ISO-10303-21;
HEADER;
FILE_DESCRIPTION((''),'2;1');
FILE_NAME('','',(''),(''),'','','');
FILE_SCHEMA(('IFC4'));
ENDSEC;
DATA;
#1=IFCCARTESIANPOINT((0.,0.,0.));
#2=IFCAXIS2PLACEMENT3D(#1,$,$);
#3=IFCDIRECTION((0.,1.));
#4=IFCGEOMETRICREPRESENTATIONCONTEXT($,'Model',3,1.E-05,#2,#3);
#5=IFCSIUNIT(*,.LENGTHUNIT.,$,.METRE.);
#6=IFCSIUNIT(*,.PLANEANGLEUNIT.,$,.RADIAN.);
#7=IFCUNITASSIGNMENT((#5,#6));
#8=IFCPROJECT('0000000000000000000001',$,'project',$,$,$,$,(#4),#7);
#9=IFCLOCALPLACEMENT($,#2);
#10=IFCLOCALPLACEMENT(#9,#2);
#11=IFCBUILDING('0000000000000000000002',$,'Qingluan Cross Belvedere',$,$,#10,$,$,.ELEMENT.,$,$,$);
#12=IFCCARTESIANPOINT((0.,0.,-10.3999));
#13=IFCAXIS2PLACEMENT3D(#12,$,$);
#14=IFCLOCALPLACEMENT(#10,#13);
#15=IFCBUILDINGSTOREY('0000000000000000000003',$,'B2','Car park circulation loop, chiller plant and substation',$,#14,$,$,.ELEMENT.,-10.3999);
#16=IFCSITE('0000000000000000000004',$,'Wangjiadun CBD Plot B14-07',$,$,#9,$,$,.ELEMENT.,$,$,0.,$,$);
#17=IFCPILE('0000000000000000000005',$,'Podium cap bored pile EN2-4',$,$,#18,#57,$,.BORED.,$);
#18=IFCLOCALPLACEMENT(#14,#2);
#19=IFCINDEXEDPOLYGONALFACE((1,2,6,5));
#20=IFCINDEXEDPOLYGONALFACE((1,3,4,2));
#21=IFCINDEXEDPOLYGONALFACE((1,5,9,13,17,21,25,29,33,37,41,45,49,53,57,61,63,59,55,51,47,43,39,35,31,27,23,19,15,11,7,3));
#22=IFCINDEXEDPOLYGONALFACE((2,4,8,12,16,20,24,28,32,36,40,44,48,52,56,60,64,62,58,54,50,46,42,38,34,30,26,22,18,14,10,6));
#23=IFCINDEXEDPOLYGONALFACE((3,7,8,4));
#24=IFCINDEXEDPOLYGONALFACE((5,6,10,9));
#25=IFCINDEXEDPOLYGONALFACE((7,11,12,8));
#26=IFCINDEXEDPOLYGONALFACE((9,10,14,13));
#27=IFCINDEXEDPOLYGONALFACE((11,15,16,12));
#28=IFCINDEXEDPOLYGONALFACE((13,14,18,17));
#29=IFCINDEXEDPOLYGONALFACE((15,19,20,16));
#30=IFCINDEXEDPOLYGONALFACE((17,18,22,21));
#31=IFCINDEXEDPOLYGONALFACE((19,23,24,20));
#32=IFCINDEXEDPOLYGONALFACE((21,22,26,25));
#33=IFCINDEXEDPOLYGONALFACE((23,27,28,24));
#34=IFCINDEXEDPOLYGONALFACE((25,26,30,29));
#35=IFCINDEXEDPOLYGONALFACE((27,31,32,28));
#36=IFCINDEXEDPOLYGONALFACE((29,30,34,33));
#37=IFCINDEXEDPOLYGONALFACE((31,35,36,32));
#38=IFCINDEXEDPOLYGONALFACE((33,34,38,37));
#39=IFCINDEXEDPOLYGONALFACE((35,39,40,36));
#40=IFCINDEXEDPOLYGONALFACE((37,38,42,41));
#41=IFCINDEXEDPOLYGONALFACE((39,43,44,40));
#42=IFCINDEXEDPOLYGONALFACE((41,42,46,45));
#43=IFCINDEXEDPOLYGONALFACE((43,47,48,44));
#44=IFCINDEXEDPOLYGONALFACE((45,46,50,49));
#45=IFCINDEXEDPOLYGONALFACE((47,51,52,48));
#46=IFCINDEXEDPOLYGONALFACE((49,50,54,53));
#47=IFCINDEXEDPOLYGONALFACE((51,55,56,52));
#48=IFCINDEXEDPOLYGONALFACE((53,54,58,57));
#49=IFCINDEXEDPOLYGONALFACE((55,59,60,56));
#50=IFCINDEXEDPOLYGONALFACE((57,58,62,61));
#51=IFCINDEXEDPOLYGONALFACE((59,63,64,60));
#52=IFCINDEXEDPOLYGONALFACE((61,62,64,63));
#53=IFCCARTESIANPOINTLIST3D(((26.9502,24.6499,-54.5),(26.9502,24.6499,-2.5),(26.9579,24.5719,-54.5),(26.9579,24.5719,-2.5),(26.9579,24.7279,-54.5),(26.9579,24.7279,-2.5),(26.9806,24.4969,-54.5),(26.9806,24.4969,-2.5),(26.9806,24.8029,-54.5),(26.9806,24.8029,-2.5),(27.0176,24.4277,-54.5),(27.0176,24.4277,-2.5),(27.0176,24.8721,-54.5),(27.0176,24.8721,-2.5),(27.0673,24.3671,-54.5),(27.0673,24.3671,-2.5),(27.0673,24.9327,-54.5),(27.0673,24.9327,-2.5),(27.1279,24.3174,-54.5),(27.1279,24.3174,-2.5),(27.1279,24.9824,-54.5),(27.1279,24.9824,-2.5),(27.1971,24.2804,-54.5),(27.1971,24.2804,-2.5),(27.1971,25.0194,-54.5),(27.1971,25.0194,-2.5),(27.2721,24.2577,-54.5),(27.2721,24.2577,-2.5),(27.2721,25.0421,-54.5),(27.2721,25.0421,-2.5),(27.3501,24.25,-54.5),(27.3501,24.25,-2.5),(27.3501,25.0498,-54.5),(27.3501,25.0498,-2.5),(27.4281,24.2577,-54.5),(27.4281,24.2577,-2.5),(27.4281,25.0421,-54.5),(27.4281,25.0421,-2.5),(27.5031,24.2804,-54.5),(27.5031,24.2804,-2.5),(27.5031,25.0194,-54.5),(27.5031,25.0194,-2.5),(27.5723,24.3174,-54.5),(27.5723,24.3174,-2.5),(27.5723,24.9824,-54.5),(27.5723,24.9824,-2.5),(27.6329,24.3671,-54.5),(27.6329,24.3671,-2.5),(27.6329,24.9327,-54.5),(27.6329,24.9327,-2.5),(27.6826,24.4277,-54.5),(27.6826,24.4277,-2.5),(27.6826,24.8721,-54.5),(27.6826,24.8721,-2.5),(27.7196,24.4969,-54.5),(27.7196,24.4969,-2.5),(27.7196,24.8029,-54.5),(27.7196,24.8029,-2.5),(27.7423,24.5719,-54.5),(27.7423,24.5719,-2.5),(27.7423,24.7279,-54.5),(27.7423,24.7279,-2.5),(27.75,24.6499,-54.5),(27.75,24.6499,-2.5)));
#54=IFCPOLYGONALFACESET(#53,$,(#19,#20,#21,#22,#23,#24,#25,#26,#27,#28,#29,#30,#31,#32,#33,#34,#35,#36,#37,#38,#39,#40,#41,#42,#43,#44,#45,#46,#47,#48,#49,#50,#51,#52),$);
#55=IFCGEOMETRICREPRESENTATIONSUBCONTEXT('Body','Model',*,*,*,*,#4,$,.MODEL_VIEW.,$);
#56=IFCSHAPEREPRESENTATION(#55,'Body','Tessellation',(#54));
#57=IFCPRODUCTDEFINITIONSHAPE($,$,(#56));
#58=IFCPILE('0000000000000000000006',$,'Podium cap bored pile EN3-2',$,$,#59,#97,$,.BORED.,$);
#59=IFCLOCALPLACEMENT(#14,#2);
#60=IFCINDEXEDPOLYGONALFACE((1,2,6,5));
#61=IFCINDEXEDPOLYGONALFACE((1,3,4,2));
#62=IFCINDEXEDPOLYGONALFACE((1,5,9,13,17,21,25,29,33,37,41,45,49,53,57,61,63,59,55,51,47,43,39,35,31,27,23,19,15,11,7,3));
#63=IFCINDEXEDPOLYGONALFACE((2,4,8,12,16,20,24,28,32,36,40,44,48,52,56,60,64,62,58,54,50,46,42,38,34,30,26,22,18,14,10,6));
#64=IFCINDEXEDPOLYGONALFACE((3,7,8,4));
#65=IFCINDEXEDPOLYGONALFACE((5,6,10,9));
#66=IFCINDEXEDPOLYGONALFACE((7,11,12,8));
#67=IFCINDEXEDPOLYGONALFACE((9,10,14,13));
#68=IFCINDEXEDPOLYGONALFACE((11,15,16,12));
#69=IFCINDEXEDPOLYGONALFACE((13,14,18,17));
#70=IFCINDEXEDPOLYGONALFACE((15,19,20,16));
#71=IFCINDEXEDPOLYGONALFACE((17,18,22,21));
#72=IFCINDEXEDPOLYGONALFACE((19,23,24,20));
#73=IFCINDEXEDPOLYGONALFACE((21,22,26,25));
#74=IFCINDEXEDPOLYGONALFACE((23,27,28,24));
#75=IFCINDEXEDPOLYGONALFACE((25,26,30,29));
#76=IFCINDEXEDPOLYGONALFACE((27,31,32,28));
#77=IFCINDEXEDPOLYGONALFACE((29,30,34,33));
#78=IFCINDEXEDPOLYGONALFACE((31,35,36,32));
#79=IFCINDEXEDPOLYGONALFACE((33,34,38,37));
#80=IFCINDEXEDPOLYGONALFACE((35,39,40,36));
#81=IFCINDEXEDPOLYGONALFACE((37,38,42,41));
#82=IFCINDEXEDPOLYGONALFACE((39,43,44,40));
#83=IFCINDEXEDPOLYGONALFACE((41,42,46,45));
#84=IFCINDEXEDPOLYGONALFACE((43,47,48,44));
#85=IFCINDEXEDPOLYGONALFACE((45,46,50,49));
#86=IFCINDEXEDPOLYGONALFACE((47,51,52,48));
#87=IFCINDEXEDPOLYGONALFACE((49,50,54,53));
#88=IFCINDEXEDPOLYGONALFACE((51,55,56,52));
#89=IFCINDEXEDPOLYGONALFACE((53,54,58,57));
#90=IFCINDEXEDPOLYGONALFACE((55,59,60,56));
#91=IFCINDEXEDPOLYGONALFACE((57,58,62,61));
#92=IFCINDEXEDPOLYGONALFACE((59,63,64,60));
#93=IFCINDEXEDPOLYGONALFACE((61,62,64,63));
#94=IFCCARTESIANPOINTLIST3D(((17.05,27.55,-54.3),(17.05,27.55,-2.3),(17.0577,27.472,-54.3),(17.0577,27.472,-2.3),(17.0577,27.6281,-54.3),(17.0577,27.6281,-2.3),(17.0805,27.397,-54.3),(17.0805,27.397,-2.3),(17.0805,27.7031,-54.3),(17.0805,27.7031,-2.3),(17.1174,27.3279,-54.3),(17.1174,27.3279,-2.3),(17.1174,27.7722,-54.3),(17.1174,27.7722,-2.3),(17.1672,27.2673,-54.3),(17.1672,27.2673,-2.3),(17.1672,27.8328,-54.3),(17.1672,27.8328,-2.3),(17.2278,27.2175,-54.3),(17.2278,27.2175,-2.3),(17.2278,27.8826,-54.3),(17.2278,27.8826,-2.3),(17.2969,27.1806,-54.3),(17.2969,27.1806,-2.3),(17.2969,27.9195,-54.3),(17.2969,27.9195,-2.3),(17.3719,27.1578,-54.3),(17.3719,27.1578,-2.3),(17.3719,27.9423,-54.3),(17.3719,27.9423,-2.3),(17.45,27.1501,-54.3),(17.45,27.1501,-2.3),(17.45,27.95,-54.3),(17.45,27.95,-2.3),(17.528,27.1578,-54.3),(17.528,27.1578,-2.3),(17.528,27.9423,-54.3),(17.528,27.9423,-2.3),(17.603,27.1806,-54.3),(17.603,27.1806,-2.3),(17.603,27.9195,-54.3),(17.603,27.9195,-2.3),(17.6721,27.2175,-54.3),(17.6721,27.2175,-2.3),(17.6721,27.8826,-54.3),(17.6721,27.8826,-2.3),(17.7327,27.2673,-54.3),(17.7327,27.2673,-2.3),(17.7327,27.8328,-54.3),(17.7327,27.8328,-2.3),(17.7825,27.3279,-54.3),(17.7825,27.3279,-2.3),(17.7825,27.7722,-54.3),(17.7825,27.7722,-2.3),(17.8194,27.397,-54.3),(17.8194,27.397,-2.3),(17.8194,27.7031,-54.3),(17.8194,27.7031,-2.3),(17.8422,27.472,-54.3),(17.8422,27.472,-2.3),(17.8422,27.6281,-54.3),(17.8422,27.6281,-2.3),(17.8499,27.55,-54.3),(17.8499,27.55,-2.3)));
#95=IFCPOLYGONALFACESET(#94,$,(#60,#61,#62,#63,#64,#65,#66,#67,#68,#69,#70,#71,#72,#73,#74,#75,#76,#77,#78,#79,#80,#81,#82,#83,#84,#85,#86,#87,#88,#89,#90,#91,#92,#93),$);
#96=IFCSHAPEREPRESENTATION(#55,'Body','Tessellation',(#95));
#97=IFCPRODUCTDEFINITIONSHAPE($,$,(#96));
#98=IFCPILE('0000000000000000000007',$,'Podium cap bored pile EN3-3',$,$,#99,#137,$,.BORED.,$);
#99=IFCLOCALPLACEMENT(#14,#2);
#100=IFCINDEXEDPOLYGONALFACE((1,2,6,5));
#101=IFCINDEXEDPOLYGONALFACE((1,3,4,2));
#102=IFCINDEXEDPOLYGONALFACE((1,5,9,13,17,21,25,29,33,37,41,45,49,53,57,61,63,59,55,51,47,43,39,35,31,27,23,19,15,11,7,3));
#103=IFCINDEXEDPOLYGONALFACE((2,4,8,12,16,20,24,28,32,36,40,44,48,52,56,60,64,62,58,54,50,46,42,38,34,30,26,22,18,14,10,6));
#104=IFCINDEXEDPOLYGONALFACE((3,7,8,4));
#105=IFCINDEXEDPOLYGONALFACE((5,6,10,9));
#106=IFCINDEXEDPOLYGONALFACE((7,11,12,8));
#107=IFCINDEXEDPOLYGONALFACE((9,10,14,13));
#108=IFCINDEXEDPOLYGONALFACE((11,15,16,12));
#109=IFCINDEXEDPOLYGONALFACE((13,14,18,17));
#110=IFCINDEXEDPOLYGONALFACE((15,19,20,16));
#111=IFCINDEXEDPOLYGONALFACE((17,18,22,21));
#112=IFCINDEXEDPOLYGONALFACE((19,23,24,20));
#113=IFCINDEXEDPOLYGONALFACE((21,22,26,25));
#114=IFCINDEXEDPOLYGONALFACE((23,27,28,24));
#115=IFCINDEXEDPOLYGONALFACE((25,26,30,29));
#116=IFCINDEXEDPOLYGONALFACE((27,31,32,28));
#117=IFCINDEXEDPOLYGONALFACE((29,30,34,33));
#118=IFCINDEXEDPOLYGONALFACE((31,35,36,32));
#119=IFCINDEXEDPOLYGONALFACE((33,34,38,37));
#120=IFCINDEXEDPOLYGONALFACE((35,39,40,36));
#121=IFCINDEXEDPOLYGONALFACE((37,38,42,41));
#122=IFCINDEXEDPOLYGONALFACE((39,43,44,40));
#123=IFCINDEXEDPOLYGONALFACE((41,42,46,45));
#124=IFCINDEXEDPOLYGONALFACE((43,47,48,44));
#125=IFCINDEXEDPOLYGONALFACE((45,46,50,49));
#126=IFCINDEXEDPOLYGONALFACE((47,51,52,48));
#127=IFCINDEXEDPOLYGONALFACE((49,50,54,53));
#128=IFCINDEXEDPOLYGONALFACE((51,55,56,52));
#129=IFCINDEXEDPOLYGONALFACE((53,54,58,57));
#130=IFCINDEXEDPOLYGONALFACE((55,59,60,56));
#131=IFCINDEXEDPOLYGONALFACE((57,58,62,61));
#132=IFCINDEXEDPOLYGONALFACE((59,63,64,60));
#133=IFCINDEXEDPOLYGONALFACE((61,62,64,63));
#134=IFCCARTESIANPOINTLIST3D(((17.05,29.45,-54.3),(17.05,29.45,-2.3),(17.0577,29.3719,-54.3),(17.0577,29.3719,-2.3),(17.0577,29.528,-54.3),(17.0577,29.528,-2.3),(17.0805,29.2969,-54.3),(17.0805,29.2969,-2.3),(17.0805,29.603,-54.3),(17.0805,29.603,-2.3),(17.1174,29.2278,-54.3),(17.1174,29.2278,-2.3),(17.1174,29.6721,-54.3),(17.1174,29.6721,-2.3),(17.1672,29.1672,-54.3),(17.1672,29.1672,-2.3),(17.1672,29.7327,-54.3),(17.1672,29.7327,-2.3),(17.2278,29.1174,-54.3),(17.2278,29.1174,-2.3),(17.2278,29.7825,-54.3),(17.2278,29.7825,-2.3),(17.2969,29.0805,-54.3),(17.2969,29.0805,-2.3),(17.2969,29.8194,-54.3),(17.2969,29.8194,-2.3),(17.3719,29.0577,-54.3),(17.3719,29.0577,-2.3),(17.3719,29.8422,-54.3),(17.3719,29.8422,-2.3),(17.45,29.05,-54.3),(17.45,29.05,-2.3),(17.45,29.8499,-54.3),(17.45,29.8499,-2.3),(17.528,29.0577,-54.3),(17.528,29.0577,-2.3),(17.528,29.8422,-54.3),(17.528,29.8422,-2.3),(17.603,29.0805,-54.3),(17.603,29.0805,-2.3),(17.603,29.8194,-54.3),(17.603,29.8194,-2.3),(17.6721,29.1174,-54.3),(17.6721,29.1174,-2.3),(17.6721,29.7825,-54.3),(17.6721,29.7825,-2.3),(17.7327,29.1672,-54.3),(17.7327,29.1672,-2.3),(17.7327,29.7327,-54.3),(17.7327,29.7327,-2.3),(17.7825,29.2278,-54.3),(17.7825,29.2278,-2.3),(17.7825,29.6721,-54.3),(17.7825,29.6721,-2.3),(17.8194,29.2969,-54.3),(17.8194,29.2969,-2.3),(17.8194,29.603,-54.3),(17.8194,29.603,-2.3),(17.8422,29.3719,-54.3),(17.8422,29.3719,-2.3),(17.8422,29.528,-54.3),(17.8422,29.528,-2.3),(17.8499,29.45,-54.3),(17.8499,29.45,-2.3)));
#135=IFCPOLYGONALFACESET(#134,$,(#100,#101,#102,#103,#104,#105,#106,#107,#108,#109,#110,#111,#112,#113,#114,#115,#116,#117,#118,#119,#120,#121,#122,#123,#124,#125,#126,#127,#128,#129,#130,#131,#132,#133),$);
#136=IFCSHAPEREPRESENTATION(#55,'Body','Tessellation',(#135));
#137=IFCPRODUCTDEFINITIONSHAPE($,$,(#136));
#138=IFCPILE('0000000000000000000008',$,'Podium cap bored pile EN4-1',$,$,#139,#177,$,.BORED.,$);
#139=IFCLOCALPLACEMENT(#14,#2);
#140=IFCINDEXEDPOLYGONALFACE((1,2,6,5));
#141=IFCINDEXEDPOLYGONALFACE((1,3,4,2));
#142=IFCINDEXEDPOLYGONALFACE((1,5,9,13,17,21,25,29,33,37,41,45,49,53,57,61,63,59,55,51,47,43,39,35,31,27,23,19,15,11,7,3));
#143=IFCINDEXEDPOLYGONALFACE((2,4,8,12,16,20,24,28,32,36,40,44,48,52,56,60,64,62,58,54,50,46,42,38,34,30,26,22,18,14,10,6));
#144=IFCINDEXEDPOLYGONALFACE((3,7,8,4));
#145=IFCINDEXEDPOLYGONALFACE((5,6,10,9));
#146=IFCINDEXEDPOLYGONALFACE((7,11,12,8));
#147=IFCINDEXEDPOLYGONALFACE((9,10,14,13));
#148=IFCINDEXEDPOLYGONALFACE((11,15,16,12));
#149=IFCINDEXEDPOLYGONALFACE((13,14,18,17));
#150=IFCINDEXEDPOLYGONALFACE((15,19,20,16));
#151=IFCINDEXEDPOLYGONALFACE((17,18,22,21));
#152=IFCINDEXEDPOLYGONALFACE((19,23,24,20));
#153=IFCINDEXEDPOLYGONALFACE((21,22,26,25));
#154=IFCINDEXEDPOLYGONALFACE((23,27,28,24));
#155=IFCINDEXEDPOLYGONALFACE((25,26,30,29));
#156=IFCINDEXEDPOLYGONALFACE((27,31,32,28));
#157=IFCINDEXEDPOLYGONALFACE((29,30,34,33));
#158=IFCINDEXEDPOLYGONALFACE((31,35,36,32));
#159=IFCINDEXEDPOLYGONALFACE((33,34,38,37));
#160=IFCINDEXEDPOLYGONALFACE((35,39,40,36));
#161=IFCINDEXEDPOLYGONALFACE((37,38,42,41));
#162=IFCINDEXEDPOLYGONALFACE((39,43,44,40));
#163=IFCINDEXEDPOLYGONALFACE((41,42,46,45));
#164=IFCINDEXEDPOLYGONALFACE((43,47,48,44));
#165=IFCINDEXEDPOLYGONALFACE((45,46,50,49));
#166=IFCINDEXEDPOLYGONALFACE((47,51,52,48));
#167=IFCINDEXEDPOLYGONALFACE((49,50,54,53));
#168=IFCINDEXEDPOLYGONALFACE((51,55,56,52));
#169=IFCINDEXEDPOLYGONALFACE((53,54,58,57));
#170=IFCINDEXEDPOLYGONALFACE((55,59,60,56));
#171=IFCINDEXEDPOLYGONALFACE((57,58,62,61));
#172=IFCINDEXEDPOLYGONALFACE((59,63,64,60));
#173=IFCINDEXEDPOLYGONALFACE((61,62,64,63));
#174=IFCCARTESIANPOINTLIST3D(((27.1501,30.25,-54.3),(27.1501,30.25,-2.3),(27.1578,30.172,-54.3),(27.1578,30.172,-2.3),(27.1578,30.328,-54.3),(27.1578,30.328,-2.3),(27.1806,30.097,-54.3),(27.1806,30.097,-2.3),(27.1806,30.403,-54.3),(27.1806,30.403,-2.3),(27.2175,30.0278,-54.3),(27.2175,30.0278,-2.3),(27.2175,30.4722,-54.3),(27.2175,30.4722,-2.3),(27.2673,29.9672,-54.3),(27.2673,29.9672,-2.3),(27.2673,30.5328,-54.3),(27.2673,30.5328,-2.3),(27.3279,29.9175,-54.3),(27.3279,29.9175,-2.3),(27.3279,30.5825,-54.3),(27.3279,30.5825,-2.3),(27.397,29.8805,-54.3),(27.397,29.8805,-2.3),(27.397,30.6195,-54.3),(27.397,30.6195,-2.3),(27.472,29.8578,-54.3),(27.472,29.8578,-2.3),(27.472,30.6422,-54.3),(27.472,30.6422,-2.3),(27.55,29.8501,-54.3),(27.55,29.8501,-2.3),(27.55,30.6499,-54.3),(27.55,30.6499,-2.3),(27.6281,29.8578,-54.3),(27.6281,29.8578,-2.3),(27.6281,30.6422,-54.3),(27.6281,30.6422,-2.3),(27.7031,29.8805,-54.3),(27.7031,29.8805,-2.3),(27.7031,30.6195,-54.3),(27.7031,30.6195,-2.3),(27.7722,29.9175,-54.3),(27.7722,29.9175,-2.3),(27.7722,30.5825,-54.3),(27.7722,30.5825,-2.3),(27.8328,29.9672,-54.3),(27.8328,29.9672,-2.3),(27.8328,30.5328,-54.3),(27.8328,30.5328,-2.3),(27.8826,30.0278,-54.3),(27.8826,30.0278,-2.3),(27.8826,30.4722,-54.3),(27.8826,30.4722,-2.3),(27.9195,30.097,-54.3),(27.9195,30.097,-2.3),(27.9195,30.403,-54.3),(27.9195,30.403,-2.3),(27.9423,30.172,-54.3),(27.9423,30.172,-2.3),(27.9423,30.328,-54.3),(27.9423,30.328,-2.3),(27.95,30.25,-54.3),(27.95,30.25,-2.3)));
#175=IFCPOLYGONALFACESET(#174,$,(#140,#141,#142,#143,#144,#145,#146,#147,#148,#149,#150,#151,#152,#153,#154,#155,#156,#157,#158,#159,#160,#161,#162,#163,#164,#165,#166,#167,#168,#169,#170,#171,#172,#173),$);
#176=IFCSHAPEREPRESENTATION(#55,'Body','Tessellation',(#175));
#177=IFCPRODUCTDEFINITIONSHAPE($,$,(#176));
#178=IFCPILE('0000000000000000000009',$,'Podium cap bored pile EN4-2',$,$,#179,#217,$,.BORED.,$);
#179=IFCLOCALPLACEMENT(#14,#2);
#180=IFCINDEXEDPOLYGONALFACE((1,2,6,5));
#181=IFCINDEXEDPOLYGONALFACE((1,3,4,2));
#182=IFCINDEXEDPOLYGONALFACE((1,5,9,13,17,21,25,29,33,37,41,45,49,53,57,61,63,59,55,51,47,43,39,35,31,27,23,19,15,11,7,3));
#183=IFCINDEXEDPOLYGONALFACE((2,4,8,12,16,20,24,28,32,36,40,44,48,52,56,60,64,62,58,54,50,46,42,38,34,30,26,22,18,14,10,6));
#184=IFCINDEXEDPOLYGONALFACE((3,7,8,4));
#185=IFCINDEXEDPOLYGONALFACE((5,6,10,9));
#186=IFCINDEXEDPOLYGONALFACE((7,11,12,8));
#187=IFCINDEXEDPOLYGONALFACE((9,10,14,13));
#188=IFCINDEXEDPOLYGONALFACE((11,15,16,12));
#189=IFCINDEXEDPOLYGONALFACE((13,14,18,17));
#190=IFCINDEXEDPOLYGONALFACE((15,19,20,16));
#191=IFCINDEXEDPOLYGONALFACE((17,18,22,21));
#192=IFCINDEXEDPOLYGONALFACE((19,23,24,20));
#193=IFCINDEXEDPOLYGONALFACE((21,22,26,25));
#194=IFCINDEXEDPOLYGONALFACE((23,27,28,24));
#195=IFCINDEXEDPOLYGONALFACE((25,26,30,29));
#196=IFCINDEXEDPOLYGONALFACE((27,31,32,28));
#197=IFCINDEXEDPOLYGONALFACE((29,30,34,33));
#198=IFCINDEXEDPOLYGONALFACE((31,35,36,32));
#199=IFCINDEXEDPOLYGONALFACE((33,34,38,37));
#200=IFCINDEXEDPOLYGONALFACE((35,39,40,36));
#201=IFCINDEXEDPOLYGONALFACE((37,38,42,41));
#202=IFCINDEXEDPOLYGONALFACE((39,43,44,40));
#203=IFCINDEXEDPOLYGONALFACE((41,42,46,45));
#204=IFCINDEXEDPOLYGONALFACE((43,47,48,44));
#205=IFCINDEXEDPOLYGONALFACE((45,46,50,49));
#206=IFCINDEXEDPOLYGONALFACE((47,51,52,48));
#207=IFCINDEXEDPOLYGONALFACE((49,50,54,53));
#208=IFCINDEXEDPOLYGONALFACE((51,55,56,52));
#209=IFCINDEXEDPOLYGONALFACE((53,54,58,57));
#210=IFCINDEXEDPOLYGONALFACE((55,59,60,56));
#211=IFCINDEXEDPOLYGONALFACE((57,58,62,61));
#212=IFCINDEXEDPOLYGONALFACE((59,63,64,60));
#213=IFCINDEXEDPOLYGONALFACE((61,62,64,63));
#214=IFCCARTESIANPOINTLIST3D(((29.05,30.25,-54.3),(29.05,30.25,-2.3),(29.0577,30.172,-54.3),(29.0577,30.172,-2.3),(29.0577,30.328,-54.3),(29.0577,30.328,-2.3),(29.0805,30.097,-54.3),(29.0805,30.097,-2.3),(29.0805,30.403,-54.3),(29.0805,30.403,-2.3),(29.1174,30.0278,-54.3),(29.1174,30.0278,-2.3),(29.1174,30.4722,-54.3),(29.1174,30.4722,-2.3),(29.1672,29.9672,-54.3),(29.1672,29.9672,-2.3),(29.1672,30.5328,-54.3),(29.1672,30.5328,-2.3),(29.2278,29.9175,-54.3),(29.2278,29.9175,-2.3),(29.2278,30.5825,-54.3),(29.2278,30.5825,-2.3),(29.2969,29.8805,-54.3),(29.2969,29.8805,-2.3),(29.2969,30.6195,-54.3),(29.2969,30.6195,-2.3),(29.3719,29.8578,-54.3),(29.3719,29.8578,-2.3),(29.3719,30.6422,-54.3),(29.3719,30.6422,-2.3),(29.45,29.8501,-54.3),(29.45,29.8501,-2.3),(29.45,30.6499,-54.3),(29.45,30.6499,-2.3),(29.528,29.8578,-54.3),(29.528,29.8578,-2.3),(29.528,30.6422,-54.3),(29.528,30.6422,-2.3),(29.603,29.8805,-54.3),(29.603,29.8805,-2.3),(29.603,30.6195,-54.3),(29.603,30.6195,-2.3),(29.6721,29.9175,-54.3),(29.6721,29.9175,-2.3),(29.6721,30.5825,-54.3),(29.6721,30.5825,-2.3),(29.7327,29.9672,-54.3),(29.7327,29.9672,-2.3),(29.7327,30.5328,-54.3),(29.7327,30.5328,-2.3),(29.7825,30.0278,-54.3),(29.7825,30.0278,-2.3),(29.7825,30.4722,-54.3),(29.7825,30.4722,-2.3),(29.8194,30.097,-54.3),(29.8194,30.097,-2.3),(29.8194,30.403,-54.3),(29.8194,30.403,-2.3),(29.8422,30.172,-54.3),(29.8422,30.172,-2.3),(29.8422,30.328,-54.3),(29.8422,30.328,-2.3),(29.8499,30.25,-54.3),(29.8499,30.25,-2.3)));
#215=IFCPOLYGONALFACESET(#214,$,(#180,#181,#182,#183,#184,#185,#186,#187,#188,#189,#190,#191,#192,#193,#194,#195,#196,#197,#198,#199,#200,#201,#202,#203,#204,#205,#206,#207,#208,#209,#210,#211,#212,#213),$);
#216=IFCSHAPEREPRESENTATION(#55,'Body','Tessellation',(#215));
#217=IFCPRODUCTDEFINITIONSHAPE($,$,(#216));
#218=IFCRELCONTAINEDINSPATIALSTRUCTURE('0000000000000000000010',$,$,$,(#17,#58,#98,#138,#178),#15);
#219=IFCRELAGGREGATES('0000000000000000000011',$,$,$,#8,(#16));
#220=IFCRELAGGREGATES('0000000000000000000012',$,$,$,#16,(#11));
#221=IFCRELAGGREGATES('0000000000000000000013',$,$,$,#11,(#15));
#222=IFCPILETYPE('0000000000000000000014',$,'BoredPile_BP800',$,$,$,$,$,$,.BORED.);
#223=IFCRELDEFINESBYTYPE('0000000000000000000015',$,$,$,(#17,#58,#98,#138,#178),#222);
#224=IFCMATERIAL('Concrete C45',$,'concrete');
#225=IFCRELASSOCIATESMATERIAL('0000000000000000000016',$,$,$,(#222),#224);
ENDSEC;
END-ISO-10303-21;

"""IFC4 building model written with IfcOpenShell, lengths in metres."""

from ifc_helpers import new_model, si_unit, direction, frame, origin, origin_2d, place, context, subcontext, project, spatial, circle, extrude, material, material_profile, profile_set, type_object, element, save


model = new_model("IFC4")

# Units and contexts
model_context = context("Model", 3, precision=1e-05, world=origin(), true_north=direction((0.0, 1.0)))
body_context = subcontext(model_context, "Body", "Model", "MODEL_VIEW")
ifc_project = project(units=[si_unit("LENGTHUNIT", "METRE"), si_unit("PLANEANGLEUNIT", "RADIAN")], contexts=[model_context])

# Site, building, storey
site_placement = place(None, origin())
site = spatial("IfcSite", under=ifc_project, at=site_placement, Name="Wangjiadun CBD Plot B14-07", CompositionType="ELEMENT", RefElevation=0.0)
building_placement = place(site_placement, origin())
building = spatial("IfcBuilding", under=site, at=building_placement, Name="Qingluan Cross Belvedere", CompositionType="ELEMENT")
storey_placement = place(building_placement, frame((0.0, 0.0, -10.3999)))
storey = spatial("IfcBuildingStorey", under=building, at=storey_placement, Name="B2", Description="Car park circulation loop, chiller plant and substation", CompositionType="ELEMENT", Elevation=-10.3999)

# Piles
ifc_material_1 = material(Name="Concrete C45", Category="concrete")
ifc_material_profile_1 = material_profile(ifc_material_1, circle(Radius=0.3999, at=origin_2d()), Name="BP800")
ifc_profile_set_1 = profile_set([ifc_material_profile_1], Name="Concrete C45")
pile_type_1 = type_object("IfcPileType", Name="BoredPile_BP800", PredefinedType="BORED", material=ifc_profile_set_1)
for number, where, z_axis, x_axis, name in (
    (1, (27.3501, 24.6499, -2.5), (0.0, 0.0, -1.0), (1.0, 0.0, 0.0), "Podium cap bored pile EN2-4"),
    (2, (17.45, 27.55, -2.3), (0.0, 0.0, -1.0), (1.0, 0.0, 0.0), "Podium cap bored pile EN3-2"),
    (3, (17.45, 29.45, -2.3), (0.0, 0.0, -1.0), (1.0, 0.0, 0.0), "Podium cap bored pile EN3-3"),
    (4, (27.55, 30.25, -2.3), (0.0, 0.0, -1.0), (1.0, 0.0, 0.0), "Podium cap bored pile EN4-1"),
    (5, (29.45, 30.25, -2.3), (0.0, 0.0, -1.0), (1.0, 0.0, 0.0), "Podium cap bored pile EN4-2"),
):
    element("IfcPile", number, at=place(storey_placement, frame(where, z_axis=z_axis, x_axis=x_axis)), inside=storey, type_object=pile_type_1, Name=name, PredefinedType="BORED", context=body_context, shape_type="SweptSolid", body=[
        extrude(circle(Radius=0.3999, at=origin_2d()), origin(), (0.0, 0.0, 1.0), 52.0),
    ])

save(model, "model.ifc")
